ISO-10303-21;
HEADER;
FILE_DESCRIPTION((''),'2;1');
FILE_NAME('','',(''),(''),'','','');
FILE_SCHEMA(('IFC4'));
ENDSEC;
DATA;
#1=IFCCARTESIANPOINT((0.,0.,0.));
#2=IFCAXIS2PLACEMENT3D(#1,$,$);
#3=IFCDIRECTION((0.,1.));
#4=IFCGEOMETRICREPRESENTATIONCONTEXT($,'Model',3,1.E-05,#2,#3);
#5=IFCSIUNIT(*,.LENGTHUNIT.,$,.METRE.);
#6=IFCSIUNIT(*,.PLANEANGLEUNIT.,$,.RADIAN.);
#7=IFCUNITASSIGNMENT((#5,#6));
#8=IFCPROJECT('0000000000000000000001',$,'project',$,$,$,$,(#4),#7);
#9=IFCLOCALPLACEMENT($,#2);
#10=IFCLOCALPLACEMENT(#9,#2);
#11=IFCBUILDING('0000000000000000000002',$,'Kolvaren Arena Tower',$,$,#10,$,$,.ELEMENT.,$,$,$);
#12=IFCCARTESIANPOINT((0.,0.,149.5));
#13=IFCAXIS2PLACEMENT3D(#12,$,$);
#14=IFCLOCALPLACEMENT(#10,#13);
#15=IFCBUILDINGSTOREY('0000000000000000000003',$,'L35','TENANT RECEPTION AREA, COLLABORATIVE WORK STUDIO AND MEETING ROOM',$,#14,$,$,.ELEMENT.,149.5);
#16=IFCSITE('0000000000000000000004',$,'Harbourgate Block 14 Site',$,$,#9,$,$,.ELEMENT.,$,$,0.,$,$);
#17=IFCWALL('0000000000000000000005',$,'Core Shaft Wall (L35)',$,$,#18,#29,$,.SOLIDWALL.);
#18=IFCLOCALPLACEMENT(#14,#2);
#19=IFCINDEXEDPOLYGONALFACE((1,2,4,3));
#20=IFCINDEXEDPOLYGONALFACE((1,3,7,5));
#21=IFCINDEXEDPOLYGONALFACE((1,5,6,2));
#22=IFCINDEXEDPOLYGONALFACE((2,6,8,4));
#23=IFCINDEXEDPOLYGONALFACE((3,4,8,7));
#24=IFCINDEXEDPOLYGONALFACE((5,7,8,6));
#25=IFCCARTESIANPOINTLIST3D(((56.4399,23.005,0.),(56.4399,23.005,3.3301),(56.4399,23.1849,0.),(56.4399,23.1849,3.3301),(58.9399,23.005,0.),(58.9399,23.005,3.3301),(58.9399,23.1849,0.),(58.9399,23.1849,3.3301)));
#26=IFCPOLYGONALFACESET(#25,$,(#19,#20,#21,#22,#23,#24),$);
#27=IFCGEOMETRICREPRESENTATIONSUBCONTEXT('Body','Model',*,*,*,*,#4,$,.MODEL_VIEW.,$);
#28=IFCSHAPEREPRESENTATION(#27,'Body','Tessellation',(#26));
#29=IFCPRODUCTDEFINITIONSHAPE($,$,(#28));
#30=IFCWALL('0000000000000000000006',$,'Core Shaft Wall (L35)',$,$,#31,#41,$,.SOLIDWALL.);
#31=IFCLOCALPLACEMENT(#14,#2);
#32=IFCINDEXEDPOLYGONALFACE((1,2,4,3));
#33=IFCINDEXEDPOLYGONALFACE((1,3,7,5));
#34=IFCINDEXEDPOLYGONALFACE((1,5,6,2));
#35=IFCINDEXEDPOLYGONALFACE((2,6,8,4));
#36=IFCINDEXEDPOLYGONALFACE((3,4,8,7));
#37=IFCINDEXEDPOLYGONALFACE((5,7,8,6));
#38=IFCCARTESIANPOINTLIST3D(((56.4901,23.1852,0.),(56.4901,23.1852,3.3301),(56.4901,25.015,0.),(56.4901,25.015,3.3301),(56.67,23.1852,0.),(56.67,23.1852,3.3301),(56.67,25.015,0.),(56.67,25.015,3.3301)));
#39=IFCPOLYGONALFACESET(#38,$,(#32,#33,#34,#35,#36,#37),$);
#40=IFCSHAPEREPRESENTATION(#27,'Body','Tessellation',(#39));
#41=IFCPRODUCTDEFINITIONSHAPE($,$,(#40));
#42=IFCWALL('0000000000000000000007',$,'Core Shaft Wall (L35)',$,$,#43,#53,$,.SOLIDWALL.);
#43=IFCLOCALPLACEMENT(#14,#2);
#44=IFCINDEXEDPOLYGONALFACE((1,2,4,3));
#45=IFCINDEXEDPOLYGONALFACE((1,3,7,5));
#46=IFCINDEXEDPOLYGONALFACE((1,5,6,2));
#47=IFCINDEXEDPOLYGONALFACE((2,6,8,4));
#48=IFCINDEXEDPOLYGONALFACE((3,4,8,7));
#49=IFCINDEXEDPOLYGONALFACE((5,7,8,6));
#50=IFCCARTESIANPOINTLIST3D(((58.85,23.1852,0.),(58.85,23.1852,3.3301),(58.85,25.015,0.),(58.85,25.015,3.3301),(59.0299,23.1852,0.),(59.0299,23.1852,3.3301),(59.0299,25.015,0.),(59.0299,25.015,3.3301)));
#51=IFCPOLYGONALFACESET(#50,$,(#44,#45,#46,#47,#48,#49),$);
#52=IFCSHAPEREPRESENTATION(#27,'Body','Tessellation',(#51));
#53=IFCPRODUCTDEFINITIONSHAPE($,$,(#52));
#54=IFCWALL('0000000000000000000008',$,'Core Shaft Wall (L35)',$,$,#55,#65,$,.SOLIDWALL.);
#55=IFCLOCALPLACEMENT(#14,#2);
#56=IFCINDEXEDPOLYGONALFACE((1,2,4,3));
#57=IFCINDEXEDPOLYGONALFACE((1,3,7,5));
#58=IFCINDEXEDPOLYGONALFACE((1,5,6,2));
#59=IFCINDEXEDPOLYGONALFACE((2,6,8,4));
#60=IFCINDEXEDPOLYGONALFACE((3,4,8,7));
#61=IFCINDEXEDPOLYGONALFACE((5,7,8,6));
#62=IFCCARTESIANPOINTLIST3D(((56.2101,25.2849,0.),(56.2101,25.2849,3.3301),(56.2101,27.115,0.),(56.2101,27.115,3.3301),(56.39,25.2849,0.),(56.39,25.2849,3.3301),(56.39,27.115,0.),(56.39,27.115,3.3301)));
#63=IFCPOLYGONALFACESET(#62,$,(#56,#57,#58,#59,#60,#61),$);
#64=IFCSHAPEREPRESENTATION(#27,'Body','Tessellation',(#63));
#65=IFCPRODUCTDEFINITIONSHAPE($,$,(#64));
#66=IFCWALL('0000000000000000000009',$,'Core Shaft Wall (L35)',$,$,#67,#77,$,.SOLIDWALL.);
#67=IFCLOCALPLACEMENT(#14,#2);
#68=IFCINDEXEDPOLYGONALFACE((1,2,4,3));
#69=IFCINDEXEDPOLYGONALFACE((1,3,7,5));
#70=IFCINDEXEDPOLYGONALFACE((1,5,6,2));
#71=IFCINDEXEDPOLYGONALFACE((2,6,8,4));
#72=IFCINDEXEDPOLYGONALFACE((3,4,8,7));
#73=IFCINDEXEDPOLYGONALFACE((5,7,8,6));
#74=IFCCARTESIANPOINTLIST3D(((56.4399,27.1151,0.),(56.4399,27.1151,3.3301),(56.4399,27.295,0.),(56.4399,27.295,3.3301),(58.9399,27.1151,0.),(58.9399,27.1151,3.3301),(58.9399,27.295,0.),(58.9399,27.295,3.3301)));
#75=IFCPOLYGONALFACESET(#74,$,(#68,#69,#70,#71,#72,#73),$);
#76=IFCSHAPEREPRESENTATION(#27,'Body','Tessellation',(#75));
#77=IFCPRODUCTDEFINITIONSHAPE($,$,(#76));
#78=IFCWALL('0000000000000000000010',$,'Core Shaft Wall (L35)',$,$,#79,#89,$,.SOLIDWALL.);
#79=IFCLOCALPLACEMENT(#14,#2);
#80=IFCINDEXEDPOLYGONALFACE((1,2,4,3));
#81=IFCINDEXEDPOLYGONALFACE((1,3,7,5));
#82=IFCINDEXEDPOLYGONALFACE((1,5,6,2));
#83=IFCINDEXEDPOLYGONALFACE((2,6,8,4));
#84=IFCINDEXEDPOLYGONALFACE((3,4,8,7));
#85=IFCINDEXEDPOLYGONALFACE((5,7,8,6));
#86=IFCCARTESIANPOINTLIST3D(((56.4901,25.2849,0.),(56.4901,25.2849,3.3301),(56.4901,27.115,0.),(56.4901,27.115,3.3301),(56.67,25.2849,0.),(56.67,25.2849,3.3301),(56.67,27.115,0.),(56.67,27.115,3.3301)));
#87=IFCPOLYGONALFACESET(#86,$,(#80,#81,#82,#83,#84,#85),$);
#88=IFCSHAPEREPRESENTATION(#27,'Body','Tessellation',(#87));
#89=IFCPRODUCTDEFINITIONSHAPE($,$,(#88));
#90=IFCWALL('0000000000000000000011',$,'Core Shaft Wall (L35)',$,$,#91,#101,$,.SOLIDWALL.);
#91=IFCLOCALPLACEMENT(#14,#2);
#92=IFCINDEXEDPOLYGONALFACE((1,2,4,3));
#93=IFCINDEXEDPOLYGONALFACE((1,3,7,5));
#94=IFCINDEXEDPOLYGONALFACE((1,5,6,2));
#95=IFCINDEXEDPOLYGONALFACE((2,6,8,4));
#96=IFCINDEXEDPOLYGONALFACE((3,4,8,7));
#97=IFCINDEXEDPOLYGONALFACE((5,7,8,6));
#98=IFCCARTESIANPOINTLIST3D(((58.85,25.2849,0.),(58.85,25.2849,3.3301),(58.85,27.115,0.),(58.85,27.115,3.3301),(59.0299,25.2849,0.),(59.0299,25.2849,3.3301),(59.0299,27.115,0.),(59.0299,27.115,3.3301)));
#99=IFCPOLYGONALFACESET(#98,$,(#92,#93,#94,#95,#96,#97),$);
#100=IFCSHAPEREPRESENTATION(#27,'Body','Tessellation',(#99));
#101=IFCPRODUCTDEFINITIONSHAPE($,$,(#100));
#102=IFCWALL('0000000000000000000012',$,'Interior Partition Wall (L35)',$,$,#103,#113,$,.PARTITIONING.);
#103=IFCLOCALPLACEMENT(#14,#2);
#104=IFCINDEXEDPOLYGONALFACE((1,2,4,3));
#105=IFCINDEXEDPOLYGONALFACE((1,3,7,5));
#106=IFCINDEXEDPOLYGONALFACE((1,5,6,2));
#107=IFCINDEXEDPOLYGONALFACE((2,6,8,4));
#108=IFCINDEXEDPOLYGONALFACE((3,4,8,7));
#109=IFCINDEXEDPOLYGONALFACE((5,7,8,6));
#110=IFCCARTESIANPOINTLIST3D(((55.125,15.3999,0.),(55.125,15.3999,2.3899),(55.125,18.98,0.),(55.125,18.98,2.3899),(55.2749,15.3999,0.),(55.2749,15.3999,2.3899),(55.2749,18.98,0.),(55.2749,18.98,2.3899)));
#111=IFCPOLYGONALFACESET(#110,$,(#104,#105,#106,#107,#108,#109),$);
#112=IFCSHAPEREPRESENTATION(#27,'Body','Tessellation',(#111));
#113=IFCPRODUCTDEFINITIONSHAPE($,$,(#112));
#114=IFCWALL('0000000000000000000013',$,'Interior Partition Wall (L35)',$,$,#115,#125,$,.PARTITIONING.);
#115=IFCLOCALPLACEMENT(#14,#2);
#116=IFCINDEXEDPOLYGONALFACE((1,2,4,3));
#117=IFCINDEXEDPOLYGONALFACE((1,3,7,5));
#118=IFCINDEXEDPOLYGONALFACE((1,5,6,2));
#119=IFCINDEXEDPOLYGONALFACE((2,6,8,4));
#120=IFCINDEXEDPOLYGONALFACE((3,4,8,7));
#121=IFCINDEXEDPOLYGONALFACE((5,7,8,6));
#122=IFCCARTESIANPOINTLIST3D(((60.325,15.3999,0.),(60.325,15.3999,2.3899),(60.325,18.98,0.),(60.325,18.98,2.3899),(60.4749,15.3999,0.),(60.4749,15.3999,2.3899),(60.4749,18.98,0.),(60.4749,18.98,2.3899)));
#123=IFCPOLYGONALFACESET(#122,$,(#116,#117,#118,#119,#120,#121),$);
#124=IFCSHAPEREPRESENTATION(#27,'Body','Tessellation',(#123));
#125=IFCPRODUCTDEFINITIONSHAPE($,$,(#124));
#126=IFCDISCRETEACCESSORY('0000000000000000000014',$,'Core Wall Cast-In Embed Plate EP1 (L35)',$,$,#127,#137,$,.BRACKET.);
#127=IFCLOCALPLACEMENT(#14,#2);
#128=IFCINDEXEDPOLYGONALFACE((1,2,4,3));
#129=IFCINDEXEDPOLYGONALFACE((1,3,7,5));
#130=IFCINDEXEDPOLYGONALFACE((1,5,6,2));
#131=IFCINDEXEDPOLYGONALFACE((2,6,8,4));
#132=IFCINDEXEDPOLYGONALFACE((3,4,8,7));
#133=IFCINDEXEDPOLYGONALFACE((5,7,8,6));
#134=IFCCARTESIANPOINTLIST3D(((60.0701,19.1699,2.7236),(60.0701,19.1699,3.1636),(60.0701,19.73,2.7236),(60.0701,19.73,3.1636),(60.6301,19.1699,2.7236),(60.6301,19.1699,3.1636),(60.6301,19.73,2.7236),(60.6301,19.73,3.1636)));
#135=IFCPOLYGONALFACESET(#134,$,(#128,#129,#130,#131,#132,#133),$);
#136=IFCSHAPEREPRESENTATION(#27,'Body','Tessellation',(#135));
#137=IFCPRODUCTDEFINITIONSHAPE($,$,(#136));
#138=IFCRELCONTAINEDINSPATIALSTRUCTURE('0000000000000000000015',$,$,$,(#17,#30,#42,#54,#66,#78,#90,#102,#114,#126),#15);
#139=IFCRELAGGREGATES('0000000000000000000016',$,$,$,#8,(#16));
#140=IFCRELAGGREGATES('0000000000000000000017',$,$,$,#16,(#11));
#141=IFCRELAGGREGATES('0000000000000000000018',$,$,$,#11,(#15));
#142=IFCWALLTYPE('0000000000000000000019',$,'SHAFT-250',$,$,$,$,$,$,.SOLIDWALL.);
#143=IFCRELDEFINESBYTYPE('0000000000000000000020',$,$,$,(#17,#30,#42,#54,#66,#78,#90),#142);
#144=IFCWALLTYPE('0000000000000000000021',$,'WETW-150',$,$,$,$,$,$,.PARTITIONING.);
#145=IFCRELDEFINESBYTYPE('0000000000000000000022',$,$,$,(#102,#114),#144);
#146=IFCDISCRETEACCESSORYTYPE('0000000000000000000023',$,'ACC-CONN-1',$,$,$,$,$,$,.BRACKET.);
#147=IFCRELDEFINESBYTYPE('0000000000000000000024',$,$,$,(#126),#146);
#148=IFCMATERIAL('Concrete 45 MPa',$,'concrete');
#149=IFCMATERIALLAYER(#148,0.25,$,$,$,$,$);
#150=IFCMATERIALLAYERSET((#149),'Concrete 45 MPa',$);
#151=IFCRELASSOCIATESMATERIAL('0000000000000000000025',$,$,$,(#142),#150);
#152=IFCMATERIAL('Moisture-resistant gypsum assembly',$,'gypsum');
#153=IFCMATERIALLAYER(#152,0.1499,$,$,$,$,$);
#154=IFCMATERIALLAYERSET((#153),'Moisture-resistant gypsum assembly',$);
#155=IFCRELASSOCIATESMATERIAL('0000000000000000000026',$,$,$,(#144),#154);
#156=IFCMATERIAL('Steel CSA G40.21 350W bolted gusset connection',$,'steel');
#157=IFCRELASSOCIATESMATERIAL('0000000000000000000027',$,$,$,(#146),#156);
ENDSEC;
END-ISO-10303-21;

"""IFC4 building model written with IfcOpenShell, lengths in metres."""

from ifc_helpers import new_model, si_unit, direction, frame, frame_2d, origin, origin_2d, place, context, subcontext, project, spatial, rectangle, extrude, material, layer, layer_set, type_object, element, save


model = new_model("IFC4")

# Units and contexts
model_context = context("Model", 3, precision=1e-05, world=origin(), true_north=direction((0.0, 1.0)))
body_context = subcontext(model_context, "Body", "Model", "MODEL_VIEW")
ifc_project = project(units=[si_unit("LENGTHUNIT", "METRE"), si_unit("PLANEANGLEUNIT", "RADIAN")], contexts=[model_context])

# Site, building, storey
site_placement = place(None, origin())
site = spatial("IfcSite", under=ifc_project, at=site_placement, Name="Harbourgate Block 14 Site", CompositionType="ELEMENT", RefElevation=0.0)
building_placement = place(site_placement, origin())
building = spatial("IfcBuilding", under=site, at=building_placement, Name="Kolvaren Arena Tower", CompositionType="ELEMENT")
storey_placement = place(building_placement, frame((0.0, 0.0, 149.5)))
storey = spatial("IfcBuildingStorey", under=building, at=storey_placement, Name="L35", Description="TENANT RECEPTION AREA, COLLABORATIVE WORK STUDIO AND MEETING ROOM", CompositionType="ELEMENT", Elevation=149.5)

# Shared definitions
ifc_material_1 = material(Name="Concrete 45 MPa", Category="concrete")
ifc_layer_1 = layer(ifc_material_1, 0.25)
ifc_layer_set_1 = layer_set([ifc_layer_1], Name="Concrete 45 MPa")
wall_type_1 = type_object("IfcWallType", Name="SHAFT-250", PredefinedType="SOLIDWALL", material=ifc_layer_set_1)

# Walls
for number, where, z_axis, x_axis, name in (
    (1, (56.4399, 23.095, 0.0), (0.0, 0.0, 1.0), (1.0, 0.0, 0.0), "Core Shaft Wall (L35)"),
):
    element("IfcWall", number, at=place(storey_placement, frame(where, z_axis=z_axis, x_axis=x_axis)), inside=storey, type_object=wall_type_1, Name=name, PredefinedType="SOLIDWALL", context=body_context, shape_type="SweptSolid", body=[
        extrude(rectangle(XDim=2.5, YDim=0.1799, at=frame_2d((1.25, 0.0))), origin(), (0.0, 0.0, 1.0), 3.3301),
    ])
for number, where, z_axis, x_axis, name in (
    (2, (56.5801, 23.1851, 0.0), (0.0, 0.0, 1.0), (0.0, 1.0, 0.0), "Core Shaft Wall (L35)"),
    (3, (58.9399, 23.1851, 0.0), (0.0, 0.0, 1.0), (0.0, 1.0, 0.0), "Core Shaft Wall (L35)"),
):
    element("IfcWall", number, at=place(storey_placement, frame(where, z_axis=z_axis, x_axis=x_axis)), inside=storey, type_object=wall_type_1, Name=name, PredefinedType="SOLIDWALL", context=body_context, shape_type="SweptSolid", body=[
        extrude(rectangle(XDim=1.8298, YDim=0.1799, at=frame_2d((0.915, 0.0))), origin(), (0.0, 0.0, 1.0), 3.3301),
    ])
wall_1_placement = place(storey_placement, frame((56.3, 25.2849, 0.0), z_axis=(0.0, 0.0, 1.0), x_axis=(0.0, 1.0, 0.0)))
element("IfcWall", 4, at=wall_1_placement, inside=storey, type_object=wall_type_1, Name="Core Shaft Wall (L35)", PredefinedType="SOLIDWALL", context=body_context, shape_type="SweptSolid", body=[
    extrude(rectangle(XDim=1.8301, YDim=0.1799, at=frame_2d((0.915, 0.0))), origin(), (0.0, 0.0, 1.0), 3.3301),
])
wall_2_placement = place(storey_placement, frame((56.4399, 27.2051, 0.0), z_axis=(0.0, 0.0, 1.0), x_axis=(1.0, 0.0, 0.0)))
element("IfcWall", 5, at=wall_2_placement, inside=storey, type_object=wall_type_1, Name="Core Shaft Wall (L35)", PredefinedType="SOLIDWALL", context=body_context, shape_type="SweptSolid", body=[
    extrude(rectangle(XDim=2.5, YDim=0.1799, at=frame_2d((1.25, 0.0))), origin(), (0.0, 0.0, 1.0), 3.3301),
])
for number, where, z_axis, x_axis, name in (
    (6, (56.5801, 25.2849, 0.0), (0.0, 0.0, 1.0), (0.0, 1.0, 0.0), "Core Shaft Wall (L35)"),
    (7, (58.9399, 25.2849, 0.0), (0.0, 0.0, 1.0), (0.0, 1.0, 0.0), "Core Shaft Wall (L35)"),
):
    element("IfcWall", number, at=place(storey_placement, frame(where, z_axis=z_axis, x_axis=x_axis)), inside=storey, type_object=wall_type_1, Name=name, PredefinedType="SOLIDWALL", context=body_context, shape_type="SweptSolid", body=[
        extrude(rectangle(XDim=1.8301, YDim=0.1799, at=frame_2d((0.915, 0.0))), origin(), (0.0, 0.0, 1.0), 3.3301),
    ])
ifc_material_2 = material(Name="Moisture-resistant gypsum assembly", Category="gypsum")
ifc_layer_2 = layer(ifc_material_2, 0.1499)
ifc_layer_set_2 = layer_set([ifc_layer_2], Name="Moisture-resistant gypsum assembly")
wall_type_2 = type_object("IfcWallType", Name="WETW-150", PredefinedType="PARTITIONING", material=ifc_layer_set_2)
for number, where, z_axis, x_axis, name in (
    (8, (55.2, 15.3999, 0.0), (0.0, 0.0, 1.0), (0.0, 1.0, 0.0), "Interior Partition Wall (L35)"),
    (9, (60.3999, 15.3999, 0.0), (0.0, 0.0, 1.0), (0.0, 1.0, 0.0), "Interior Partition Wall (L35)"),
):
    element("IfcWall", number, at=place(storey_placement, frame(where, z_axis=z_axis, x_axis=x_axis)), inside=storey, type_object=wall_type_2, Name=name, PredefinedType="PARTITIONING", context=body_context, shape_type="SweptSolid", body=[
        extrude(rectangle(XDim=3.5801, YDim=0.1499, at=frame_2d((1.79, 0.0))), origin(), (0.0, 0.0, 1.0), 2.3899),
    ])

# Discrete accessory
ifc_material_3 = material(Name="Steel CSA G40.21 350W bolted gusset connection", Category="steel")
discrete_accessory_type = type_object("IfcDiscreteAccessoryType", Name="ACC-CONN-1", PredefinedType="BRACKET", material=ifc_material_3)
discrete_accessory_placement = place(storey_placement, frame((60.3501, 19.45, 2.7236), z_axis=(0.0, 0.0, 1.0), x_axis=(1.0, 0.0, 0.0)))
element("IfcDiscreteAccessory", 10, at=discrete_accessory_placement, inside=storey, type_object=discrete_accessory_type, Name="Core Wall Cast-In Embed Plate EP1 (L35)", PredefinedType="BRACKET", context=body_context, shape_type="SweptSolid", body=[
    extrude(rectangle(XDim=0.5601, YDim=0.5601, at=origin_2d()), origin(), (0.0, 0.0, 1.0), 0.4399),
])

save(model, "model.ifc")
